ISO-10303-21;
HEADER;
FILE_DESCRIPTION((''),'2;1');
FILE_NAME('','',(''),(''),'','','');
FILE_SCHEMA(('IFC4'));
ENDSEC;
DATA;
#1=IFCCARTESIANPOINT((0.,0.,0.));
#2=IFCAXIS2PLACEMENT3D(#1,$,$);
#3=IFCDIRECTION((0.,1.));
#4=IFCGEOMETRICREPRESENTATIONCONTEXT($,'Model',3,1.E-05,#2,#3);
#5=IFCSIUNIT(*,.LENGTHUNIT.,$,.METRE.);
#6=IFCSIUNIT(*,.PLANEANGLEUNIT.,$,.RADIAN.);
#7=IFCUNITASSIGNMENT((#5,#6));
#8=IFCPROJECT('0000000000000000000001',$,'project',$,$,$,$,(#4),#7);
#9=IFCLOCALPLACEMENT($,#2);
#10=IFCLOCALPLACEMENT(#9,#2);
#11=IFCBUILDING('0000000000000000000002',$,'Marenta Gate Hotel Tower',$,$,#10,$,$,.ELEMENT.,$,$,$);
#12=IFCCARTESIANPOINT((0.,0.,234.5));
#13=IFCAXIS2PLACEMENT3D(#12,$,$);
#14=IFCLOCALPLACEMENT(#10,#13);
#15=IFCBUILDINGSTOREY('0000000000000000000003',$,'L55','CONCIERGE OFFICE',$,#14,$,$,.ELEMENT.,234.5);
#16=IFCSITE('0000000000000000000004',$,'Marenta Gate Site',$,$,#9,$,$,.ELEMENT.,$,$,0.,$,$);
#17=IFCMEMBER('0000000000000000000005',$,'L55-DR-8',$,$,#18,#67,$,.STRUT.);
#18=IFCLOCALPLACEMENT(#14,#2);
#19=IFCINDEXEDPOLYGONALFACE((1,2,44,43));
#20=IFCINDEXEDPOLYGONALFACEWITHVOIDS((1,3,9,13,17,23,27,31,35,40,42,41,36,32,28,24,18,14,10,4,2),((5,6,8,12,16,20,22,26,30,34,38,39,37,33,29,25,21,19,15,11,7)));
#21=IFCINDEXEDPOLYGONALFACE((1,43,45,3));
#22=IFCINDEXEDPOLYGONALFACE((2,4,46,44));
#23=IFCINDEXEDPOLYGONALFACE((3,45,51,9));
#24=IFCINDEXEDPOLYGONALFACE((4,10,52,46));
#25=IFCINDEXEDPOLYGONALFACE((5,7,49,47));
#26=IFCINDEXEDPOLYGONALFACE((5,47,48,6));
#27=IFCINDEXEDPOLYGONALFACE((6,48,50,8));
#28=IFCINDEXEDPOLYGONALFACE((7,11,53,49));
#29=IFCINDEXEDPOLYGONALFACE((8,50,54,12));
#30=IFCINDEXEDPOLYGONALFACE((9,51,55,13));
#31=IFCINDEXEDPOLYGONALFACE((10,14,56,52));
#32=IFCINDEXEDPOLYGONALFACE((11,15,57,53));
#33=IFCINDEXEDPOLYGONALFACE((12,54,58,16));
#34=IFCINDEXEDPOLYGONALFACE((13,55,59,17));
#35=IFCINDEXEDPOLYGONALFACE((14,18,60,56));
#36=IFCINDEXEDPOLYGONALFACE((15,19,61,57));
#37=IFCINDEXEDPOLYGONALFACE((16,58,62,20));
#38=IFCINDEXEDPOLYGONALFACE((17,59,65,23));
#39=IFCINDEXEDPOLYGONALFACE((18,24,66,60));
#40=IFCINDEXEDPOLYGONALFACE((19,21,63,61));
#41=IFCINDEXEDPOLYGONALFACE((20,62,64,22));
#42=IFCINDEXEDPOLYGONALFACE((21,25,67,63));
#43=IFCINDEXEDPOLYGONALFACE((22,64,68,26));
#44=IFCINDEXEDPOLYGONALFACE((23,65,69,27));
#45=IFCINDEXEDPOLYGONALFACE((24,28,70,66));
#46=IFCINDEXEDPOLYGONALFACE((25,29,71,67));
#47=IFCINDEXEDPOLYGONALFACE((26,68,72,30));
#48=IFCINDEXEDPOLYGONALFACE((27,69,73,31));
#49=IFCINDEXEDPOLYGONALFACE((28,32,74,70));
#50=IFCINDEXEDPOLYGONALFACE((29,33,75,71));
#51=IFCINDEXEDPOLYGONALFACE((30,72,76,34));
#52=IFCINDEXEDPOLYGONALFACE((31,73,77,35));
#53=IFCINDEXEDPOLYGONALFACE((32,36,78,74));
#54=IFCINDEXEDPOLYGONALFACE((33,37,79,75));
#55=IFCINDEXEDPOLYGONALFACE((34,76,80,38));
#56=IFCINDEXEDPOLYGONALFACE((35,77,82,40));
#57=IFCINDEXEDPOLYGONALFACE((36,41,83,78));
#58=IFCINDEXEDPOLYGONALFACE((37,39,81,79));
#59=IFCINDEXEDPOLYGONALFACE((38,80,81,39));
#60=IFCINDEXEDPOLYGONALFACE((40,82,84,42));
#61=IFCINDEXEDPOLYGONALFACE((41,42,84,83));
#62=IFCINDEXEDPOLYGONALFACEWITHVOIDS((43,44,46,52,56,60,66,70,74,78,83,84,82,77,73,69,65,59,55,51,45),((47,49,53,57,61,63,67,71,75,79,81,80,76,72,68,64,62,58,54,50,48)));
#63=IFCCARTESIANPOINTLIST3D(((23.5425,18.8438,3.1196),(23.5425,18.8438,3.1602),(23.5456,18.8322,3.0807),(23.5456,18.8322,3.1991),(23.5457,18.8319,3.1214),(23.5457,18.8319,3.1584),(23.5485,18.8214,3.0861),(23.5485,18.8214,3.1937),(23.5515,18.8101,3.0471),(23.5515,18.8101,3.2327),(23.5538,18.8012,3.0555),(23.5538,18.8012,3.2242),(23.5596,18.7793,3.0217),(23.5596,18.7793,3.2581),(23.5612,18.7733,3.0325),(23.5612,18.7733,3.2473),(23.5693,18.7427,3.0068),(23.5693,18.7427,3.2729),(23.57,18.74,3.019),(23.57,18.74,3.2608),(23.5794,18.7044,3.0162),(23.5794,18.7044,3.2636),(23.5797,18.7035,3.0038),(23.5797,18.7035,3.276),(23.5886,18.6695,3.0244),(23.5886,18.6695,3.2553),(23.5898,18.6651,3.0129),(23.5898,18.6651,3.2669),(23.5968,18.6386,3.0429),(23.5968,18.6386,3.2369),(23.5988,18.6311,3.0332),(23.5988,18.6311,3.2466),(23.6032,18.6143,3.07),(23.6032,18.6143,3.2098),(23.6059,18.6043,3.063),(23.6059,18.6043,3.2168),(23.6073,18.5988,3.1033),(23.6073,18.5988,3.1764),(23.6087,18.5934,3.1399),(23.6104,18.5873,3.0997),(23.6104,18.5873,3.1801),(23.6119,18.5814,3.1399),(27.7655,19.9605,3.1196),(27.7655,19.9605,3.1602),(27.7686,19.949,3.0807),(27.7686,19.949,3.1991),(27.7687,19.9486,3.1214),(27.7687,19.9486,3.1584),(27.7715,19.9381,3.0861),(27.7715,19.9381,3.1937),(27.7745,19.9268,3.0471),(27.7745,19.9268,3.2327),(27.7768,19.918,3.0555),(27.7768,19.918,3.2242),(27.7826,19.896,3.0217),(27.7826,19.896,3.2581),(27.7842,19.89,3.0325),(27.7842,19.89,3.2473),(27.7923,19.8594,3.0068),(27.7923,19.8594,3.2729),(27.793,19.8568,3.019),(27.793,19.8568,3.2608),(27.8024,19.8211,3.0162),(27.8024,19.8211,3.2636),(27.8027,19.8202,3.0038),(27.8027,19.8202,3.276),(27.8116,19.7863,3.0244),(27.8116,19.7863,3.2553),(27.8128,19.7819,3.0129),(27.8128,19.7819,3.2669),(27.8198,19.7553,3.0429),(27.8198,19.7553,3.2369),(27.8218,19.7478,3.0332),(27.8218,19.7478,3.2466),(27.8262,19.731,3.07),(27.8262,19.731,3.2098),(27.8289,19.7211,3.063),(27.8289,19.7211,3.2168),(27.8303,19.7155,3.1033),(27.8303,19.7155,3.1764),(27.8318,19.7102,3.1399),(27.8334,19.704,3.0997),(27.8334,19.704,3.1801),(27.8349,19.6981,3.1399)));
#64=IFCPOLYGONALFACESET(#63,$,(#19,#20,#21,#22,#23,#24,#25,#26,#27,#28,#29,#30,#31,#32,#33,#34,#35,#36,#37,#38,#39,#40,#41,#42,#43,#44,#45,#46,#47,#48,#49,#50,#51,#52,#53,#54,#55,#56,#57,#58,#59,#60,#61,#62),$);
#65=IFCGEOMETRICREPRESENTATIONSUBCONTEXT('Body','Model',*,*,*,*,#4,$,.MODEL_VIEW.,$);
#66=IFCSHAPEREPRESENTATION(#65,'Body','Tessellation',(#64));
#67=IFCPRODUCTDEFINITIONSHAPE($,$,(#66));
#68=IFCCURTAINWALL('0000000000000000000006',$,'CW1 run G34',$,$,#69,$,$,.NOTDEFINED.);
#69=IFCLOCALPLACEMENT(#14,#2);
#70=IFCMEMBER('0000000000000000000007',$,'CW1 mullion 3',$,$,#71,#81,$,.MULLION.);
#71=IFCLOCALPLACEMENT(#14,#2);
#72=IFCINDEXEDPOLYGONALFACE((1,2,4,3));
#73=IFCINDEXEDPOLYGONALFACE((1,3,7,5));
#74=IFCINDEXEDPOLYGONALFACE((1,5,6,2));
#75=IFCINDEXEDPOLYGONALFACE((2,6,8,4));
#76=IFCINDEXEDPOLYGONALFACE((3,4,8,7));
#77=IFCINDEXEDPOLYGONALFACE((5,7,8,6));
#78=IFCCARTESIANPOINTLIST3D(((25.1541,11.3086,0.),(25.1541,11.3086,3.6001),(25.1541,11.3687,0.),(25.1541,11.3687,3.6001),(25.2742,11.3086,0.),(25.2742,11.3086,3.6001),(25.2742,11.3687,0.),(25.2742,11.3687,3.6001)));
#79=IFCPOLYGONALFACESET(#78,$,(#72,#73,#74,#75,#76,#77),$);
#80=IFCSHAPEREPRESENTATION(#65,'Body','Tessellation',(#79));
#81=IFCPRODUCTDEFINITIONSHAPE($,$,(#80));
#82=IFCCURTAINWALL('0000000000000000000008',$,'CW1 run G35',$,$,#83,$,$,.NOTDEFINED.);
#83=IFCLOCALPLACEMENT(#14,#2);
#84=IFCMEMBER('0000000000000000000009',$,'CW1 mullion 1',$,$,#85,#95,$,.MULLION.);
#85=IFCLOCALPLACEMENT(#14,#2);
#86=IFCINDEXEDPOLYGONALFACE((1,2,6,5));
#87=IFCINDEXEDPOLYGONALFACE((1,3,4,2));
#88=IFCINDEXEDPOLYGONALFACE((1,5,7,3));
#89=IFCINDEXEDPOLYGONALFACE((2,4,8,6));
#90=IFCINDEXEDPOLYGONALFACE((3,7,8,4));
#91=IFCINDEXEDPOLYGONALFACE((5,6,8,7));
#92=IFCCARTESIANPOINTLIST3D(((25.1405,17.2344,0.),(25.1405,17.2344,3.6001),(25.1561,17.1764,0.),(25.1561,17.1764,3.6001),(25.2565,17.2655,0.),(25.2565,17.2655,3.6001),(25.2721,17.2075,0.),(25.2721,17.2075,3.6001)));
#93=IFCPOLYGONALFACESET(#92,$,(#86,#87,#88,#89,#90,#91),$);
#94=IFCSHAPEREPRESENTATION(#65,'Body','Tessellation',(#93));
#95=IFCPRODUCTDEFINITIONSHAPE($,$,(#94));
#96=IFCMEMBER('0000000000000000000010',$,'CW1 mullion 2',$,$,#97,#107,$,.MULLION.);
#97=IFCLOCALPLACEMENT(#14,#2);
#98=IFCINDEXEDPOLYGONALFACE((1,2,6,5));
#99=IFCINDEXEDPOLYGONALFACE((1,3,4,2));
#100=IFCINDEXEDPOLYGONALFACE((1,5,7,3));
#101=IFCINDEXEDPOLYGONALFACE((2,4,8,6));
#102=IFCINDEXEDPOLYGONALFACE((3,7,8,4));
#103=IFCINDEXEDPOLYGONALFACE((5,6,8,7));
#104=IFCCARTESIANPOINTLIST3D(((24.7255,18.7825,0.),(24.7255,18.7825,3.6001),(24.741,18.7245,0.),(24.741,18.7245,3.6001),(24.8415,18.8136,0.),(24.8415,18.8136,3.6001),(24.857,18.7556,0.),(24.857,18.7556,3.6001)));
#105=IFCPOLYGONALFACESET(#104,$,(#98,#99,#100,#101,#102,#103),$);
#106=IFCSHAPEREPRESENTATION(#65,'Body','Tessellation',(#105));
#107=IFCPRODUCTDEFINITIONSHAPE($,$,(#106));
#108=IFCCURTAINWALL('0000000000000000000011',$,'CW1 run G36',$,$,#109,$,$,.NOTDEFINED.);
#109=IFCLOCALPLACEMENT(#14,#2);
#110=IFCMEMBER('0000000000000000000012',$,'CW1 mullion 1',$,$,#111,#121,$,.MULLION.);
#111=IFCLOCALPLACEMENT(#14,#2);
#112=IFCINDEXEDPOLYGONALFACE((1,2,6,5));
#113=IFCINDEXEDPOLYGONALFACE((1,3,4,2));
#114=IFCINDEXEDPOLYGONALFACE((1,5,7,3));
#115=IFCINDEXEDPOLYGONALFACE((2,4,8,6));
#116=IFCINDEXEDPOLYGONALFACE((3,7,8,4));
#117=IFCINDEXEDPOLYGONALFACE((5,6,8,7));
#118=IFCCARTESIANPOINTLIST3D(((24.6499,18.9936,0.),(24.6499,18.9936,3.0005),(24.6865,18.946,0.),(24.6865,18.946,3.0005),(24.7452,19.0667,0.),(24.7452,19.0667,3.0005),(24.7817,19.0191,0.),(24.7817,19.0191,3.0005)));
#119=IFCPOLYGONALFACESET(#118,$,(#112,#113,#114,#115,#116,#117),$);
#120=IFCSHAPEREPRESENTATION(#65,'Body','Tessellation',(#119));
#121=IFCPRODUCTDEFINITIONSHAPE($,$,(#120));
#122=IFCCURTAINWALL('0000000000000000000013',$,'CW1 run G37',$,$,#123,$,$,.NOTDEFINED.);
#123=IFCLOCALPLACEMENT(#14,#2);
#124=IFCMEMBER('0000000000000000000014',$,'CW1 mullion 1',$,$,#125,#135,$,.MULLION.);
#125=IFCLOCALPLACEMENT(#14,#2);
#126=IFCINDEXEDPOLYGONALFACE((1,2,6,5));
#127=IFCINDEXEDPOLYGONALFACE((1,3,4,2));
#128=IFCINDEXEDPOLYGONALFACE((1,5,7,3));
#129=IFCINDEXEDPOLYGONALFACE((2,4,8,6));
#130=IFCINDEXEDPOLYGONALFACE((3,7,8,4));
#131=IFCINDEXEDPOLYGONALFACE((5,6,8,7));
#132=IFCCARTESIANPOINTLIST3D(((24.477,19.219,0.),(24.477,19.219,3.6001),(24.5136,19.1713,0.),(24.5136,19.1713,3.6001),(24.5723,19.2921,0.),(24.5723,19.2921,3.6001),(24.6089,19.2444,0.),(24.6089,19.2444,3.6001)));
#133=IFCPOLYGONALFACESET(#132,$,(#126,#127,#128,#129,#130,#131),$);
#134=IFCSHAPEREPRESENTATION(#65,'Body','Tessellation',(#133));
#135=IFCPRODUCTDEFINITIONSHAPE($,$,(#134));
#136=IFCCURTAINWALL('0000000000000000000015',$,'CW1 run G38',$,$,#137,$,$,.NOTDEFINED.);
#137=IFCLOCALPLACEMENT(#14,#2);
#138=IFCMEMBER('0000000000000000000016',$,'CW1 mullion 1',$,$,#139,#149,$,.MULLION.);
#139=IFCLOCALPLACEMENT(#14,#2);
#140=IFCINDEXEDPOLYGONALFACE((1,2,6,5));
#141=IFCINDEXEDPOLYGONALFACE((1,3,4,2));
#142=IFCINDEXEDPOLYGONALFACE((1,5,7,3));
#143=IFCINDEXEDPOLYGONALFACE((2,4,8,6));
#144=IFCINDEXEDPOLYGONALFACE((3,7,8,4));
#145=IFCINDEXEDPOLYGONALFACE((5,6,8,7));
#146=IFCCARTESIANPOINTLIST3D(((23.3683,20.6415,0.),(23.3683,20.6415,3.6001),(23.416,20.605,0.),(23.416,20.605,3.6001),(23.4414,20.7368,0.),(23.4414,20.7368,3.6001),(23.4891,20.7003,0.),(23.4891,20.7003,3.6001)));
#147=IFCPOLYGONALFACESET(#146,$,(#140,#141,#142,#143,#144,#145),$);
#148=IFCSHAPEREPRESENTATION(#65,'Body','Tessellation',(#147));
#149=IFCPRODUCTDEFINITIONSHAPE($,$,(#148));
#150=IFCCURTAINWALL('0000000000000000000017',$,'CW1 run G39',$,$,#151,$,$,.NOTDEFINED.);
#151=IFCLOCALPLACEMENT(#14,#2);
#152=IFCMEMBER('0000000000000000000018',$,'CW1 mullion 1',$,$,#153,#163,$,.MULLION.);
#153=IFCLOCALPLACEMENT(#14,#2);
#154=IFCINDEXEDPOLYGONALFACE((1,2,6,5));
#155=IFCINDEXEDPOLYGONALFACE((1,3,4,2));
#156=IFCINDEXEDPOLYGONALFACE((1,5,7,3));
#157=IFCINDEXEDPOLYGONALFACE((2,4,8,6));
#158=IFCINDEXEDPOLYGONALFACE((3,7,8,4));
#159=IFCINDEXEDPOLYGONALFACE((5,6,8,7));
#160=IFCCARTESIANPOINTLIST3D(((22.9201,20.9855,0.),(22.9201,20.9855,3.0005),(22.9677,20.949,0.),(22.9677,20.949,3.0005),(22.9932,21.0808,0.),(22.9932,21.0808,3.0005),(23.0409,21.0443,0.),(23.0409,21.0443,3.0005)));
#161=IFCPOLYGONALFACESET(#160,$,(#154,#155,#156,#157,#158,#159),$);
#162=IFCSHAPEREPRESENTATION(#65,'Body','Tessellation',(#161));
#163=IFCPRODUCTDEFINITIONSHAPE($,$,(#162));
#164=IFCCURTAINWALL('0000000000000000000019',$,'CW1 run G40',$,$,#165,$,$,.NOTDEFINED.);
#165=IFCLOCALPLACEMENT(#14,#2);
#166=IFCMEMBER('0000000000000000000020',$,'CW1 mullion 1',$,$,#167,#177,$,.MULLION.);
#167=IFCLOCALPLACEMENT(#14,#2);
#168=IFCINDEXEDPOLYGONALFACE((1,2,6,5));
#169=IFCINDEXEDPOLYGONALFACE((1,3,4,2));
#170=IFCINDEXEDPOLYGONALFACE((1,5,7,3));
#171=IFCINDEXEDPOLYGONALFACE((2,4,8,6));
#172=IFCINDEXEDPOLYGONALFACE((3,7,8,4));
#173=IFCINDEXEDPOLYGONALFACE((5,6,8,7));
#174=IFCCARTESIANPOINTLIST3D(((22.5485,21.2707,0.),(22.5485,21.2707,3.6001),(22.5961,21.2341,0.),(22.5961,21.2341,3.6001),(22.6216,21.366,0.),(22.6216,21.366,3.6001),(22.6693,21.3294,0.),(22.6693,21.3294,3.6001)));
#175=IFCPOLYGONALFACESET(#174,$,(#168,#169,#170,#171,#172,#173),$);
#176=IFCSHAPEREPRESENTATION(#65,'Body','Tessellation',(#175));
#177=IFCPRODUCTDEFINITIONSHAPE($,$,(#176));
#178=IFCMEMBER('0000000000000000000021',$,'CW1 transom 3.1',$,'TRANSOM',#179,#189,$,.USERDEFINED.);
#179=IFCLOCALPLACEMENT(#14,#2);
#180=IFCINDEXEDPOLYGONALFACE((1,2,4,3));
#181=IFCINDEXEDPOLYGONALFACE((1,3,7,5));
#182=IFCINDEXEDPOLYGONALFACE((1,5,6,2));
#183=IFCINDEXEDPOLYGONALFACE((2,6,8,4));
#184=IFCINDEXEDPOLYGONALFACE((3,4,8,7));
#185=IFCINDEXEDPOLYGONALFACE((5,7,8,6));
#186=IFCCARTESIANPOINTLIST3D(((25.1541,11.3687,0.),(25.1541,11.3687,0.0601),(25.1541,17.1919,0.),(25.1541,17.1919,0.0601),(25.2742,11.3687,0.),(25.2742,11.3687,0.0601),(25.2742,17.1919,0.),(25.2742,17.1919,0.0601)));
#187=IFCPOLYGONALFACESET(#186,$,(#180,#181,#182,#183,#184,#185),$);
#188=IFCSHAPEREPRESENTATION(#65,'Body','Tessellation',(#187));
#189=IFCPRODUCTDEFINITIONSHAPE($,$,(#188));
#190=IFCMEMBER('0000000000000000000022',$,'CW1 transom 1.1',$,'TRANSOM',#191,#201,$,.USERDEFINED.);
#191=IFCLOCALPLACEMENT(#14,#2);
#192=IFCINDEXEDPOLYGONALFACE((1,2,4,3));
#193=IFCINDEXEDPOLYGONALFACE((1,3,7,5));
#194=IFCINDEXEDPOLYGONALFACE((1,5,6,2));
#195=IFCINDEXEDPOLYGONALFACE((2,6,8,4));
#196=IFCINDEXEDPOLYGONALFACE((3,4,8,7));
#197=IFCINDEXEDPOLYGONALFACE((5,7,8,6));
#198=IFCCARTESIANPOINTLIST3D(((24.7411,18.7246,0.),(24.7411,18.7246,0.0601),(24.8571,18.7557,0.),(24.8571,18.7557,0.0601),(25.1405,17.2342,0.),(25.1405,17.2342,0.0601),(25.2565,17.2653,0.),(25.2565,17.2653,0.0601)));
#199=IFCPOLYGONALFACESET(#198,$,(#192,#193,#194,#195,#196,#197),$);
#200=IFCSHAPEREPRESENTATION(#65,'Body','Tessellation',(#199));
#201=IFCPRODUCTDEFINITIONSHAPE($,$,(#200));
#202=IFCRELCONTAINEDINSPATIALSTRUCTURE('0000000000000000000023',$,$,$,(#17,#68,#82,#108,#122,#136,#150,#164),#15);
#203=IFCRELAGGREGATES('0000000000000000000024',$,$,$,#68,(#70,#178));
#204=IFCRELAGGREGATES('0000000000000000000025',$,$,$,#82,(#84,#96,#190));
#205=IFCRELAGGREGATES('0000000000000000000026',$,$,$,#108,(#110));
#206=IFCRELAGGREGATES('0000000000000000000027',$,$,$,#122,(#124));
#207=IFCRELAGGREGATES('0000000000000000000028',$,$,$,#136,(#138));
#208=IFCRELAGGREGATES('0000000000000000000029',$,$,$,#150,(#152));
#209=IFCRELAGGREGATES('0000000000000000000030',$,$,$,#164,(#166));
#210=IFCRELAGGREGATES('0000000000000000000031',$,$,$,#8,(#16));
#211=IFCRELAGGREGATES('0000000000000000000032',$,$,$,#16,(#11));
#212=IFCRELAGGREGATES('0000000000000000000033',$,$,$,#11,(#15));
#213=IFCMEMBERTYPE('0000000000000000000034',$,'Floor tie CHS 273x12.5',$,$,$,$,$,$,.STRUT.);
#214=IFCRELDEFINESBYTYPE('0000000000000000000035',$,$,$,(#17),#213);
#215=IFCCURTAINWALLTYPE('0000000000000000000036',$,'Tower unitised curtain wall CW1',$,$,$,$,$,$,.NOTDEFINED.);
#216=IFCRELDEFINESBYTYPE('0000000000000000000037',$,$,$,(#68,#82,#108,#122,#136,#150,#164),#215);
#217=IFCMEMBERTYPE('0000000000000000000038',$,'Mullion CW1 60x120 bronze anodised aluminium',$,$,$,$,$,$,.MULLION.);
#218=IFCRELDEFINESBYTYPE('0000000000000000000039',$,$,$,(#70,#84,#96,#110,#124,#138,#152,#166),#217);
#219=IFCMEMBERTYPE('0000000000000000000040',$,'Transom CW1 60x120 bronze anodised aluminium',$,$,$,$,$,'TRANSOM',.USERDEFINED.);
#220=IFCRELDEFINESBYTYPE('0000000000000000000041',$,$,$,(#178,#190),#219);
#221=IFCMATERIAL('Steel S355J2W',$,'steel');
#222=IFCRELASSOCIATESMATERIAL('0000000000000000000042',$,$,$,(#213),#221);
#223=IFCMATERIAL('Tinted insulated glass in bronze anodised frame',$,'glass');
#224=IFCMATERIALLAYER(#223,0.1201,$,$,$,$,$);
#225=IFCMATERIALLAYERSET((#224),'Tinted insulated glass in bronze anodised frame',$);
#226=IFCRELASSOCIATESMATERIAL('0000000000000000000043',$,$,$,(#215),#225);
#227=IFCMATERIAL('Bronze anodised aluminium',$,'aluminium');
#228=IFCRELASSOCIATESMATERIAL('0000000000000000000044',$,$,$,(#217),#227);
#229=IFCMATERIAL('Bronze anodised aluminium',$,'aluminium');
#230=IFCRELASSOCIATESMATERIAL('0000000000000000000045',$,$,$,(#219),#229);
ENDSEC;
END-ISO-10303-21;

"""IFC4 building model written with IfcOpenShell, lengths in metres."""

from ifc_helpers import new_model, si_unit, direction, frame, origin, origin_2d, place, context, subcontext, project, spatial, rectangle, hollow_circle, extrude, material, layer, layer_set, material_profile, profile_set, type_object, element, aggregate, save


model = new_model("IFC4")

# Units and contexts
model_context = context("Model", 3, precision=1e-05, world=origin(), true_north=direction((0.0, 1.0)))
body_context = subcontext(model_context, "Body", "Model", "MODEL_VIEW")
ifc_project = project(units=[si_unit("LENGTHUNIT", "METRE"), si_unit("PLANEANGLEUNIT", "RADIAN")], contexts=[model_context])

# Site, building, storey
site_placement = place(None, origin())
site = spatial("IfcSite", under=ifc_project, at=site_placement, Name="Marenta Gate Site", CompositionType="ELEMENT", RefElevation=0.0)
building_placement = place(site_placement, origin())
building = spatial("IfcBuilding", under=site, at=building_placement, Name="Marenta Gate Hotel Tower", CompositionType="ELEMENT")
storey_placement = place(building_placement, frame((0.0, 0.0, 234.5)))
storey = spatial("IfcBuildingStorey", under=building, at=storey_placement, Name="L55", Description="CONCIERGE OFFICE", CompositionType="ELEMENT", Elevation=234.5)

# Member
ifc_material_1 = material(Name="Steel S355J2W", Category="steel")
ifc_material_profile_1 = material_profile(ifc_material_1, hollow_circle(Radius=0.1365, WallThickness=0.0125, at=origin_2d()), Name="CHS 273x12.5")
ifc_profile_set_1 = profile_set([ifc_material_profile_1], Name="Steel S355J2W")
member_type_1 = type_object("IfcMemberType", Name="Floor tie CHS 273x12.5", PredefinedType="STRUT", material=ifc_profile_set_1)
member_1_placement = place(storey_placement, frame((27.8, 19.8301, 3.1399), z_axis=(-0.966769, -0.255651, 0.0), x_axis=(0.255651, -0.966769, 0.0)))
element("IfcMember", 1, at=member_1_placement, inside=storey, type_object=member_type_1, Name="L55-DR-8", PredefinedType="STRUT", context=body_context, shape_type="SweptSolid", body=[
    extrude(hollow_circle(Radius=0.1365, WallThickness=0.0125, at=origin_2d()), origin(), (0.0, 0.0, 1.0), 4.3682),
])

# Curtain wall, member
ifc_material_2 = material(Name="Tinted insulated glass in bronze anodised frame", Category="glass")
ifc_layer_1 = layer(ifc_material_2, 0.1201)
ifc_layer_set_1 = layer_set([ifc_layer_1], Name="Tinted insulated glass in bronze anodised frame")
curtain_wall_type = type_object("IfcCurtainWallType", Name="Tower unitised curtain wall CW1", PredefinedType="NOTDEFINED", material=ifc_layer_set_1)
curtain_wall_1_placement = place(storey_placement, origin())
curtain_wall_1 = element("IfcCurtainWall", 2, at=curtain_wall_1_placement, inside=storey, type_object=curtain_wall_type, Name="CW1 run G34", PredefinedType="NOTDEFINED")
ifc_material_3 = material(Name="Bronze anodised aluminium", Category="aluminium")
ifc_material_profile_2 = material_profile(ifc_material_3, rectangle(XDim=0.1201, YDim=0.0601, at=origin_2d()), Name="Mullion CW1 60x120 bronze anodised aluminium")
ifc_profile_set_2 = profile_set([ifc_material_profile_2], Name="Bronze anodised aluminium")
member_type_2 = type_object("IfcMemberType", Name="Mullion CW1 60x120 bronze anodised aluminium", PredefinedType="MULLION", material=ifc_profile_set_2)
member_2_placement = place(storey_placement, frame((25.2141, 11.3386, 0.0), z_axis=(0.0, 0.0, 1.0), x_axis=(-1.0, 0.0, 0.0)))
member_2 = element("IfcMember", 3, at=member_2_placement, type_object=member_type_2, Name="CW1 mullion 3", PredefinedType="MULLION", context=body_context, shape_type="SweptSolid", body=[
    extrude(rectangle(XDim=0.1201, YDim=0.0601, at=origin_2d()), origin(), (0.0, 0.0, 1.0), 3.6001),
])

# Curtain wall, members
curtain_wall_2_placement = place(storey_placement, origin())
curtain_wall_2 = element("IfcCurtainWall", 4, at=curtain_wall_2_placement, inside=storey, type_object=curtain_wall_type, Name="CW1 run G35", PredefinedType="NOTDEFINED")
member_3_placement = place(storey_placement, frame((25.2063, 17.2209, 0.0), z_axis=(0.0, 0.0, 1.0), x_axis=(-0.965923, -0.25883, 0.0)))
member_3 = element("IfcMember", 5, at=member_3_placement, type_object=member_type_2, Name="CW1 mullion 1", PredefinedType="MULLION", context=body_context, shape_type="SweptSolid", body=[
    extrude(rectangle(XDim=0.1201, YDim=0.0601, at=origin_2d()), origin(), (0.0, 0.0, 1.0), 3.6001),
])
member_4_placement = place(storey_placement, frame((24.7913, 18.769, 0.0), z_axis=(0.0, 0.0, 1.0), x_axis=(-0.965923, -0.25883, 0.0)))
member_4 = element("IfcMember", 6, at=member_4_placement, type_object=member_type_2, Name="CW1 mullion 2", PredefinedType="MULLION", context=body_context, shape_type="SweptSolid", body=[
    extrude(rectangle(XDim=0.1201, YDim=0.0601, at=origin_2d()), origin(), (0.0, 0.0, 1.0), 3.6001),
])

# Curtain walls, members
curtain_wall_3_placement = place(storey_placement, origin())
curtain_wall_3 = element("IfcCurtainWall", 7, at=curtain_wall_3_placement, inside=storey, type_object=curtain_wall_type, Name="CW1 run G36", PredefinedType="NOTDEFINED")
member_5_placement = place(storey_placement, frame((24.7158, 19.0063, 0.0), z_axis=(0.0, 0.0, 1.0), x_axis=(-0.793317, -0.608808, 0.0)))
member_5 = element("IfcMember", 8, at=member_5_placement, type_object=member_type_2, Name="CW1 mullion 1", PredefinedType="MULLION", context=body_context, shape_type="SweptSolid", body=[
    extrude(rectangle(XDim=0.1201, YDim=0.0601, at=origin_2d()), origin(), (0.0, 0.0, 1.0), 3.0005),
])
curtain_wall_4_placement = place(storey_placement, origin())
curtain_wall_4 = element("IfcCurtainWall", 9, at=curtain_wall_4_placement, inside=storey, type_object=curtain_wall_type, Name="CW1 run G37", PredefinedType="NOTDEFINED")
member_6_placement = place(storey_placement, frame((24.543, 19.2317, 0.0), z_axis=(0.0, 0.0, 1.0), x_axis=(-0.793336, -0.608784, 0.0)))
member_6 = element("IfcMember", 10, at=member_6_placement, type_object=member_type_2, Name="CW1 mullion 1", PredefinedType="MULLION", context=body_context, shape_type="SweptSolid", body=[
    extrude(rectangle(XDim=0.1201, YDim=0.0601, at=origin_2d()), origin(), (0.0, 0.0, 1.0), 3.6001),
])
curtain_wall_5_placement = place(storey_placement, origin())
curtain_wall_5 = element("IfcCurtainWall", 11, at=curtain_wall_5_placement, inside=storey, type_object=curtain_wall_type, Name="CW1 run G38", PredefinedType="NOTDEFINED")
member_7_placement = place(storey_placement, frame((23.4287, 20.6709, 0.0), z_axis=(0.0, 0.0, 1.0), x_axis=(-0.60877, -0.793347, 0.0)))
member_7 = element("IfcMember", 12, at=member_7_placement, type_object=member_type_2, Name="CW1 mullion 1", PredefinedType="MULLION", context=body_context, shape_type="SweptSolid", body=[
    extrude(rectangle(XDim=0.1201, YDim=0.0601, at=origin_2d()), origin(), (0.0, 0.0, 1.0), 3.6001),
])
curtain_wall_6_placement = place(storey_placement, origin())
curtain_wall_6 = element("IfcCurtainWall", 13, at=curtain_wall_6_placement, inside=storey, type_object=curtain_wall_type, Name="CW1 run G39", PredefinedType="NOTDEFINED")
member_8_placement = place(storey_placement, frame((22.9805, 21.0149, 0.0), z_axis=(0.0, 0.0, 1.0), x_axis=(-0.608844, -0.79329, 0.0)))
member_8 = element("IfcMember", 14, at=member_8_placement, type_object=member_type_2, Name="CW1 mullion 1", PredefinedType="MULLION", context=body_context, shape_type="SweptSolid", body=[
    extrude(rectangle(XDim=0.1201, YDim=0.0601, at=origin_2d()), origin(), (0.0, 0.0, 1.0), 3.0005),
])
curtain_wall_7_placement = place(storey_placement, origin())
curtain_wall_7 = element("IfcCurtainWall", 15, at=curtain_wall_7_placement, inside=storey, type_object=curtain_wall_type, Name="CW1 run G40", PredefinedType="NOTDEFINED")
member_9_placement = place(storey_placement, frame((22.6089, 21.3, 0.0), z_axis=(0.0, 0.0, 1.0), x_axis=(-0.608772, -0.793345, 0.0)))
member_9 = element("IfcMember", 16, at=member_9_placement, type_object=member_type_2, Name="CW1 mullion 1", PredefinedType="MULLION", context=body_context, shape_type="SweptSolid", body=[
    extrude(rectangle(XDim=0.1201, YDim=0.0601, at=origin_2d()), origin(), (0.0, 0.0, 1.0), 3.6001),
])

# Members
ifc_material_4 = material(Name="Bronze anodised aluminium", Category="aluminium")
ifc_material_profile_3 = material_profile(ifc_material_4, rectangle(XDim=0.1201, YDim=0.0601, at=origin_2d()), Name="Transom CW1 60x120 bronze anodised aluminium")
ifc_profile_set_3 = profile_set([ifc_material_profile_3], Name="Bronze anodised aluminium")
member_type_3 = type_object("IfcMemberType", Name="Transom CW1 60x120 bronze anodised aluminium", ElementType="TRANSOM", PredefinedType="USERDEFINED", material=ifc_profile_set_3)
member_10_placement = place(storey_placement, frame((25.2141, 11.3687, 0.03), z_axis=(0.0, 1.0, 0.0), x_axis=(-1.0, 0.0, 0.0)))
member_10 = element("IfcMember", 17, at=member_10_placement, type_object=member_type_3, Name="CW1 transom 3.1", ObjectType="TRANSOM", PredefinedType="USERDEFINED", context=body_context, shape_type="SweptSolid", body=[
    extrude(rectangle(XDim=0.1201, YDim=0.0601, at=origin_2d()), origin(), (0.0, 0.0, 1.0), 5.8232),
])
member_11_placement = place(storey_placement, frame((25.1985, 17.2498, 0.03), z_axis=(-0.258844, 0.965919, 0.0), x_axis=(-0.965919, -0.258844, 0.0)))
member_11 = element("IfcMember", 18, at=member_11_placement, type_object=member_type_3, Name="CW1 transom 1.1", ObjectType="TRANSOM", PredefinedType="USERDEFINED", context=body_context, shape_type="SweptSolid", body=[
    extrude(rectangle(XDim=0.1201, YDim=0.0601, at=origin_2d()), origin(), (0.0, 0.0, 1.0), 1.543),
])

aggregate(curtain_wall_1, [member_2, member_10])
aggregate(curtain_wall_2, [member_3, member_4, member_11])
aggregate(curtain_wall_3, [member_5])
aggregate(curtain_wall_4, [member_6])
aggregate(curtain_wall_5, [member_7])
aggregate(curtain_wall_6, [member_8])
aggregate(curtain_wall_7, [member_9])

save(model, "model.ifc")
